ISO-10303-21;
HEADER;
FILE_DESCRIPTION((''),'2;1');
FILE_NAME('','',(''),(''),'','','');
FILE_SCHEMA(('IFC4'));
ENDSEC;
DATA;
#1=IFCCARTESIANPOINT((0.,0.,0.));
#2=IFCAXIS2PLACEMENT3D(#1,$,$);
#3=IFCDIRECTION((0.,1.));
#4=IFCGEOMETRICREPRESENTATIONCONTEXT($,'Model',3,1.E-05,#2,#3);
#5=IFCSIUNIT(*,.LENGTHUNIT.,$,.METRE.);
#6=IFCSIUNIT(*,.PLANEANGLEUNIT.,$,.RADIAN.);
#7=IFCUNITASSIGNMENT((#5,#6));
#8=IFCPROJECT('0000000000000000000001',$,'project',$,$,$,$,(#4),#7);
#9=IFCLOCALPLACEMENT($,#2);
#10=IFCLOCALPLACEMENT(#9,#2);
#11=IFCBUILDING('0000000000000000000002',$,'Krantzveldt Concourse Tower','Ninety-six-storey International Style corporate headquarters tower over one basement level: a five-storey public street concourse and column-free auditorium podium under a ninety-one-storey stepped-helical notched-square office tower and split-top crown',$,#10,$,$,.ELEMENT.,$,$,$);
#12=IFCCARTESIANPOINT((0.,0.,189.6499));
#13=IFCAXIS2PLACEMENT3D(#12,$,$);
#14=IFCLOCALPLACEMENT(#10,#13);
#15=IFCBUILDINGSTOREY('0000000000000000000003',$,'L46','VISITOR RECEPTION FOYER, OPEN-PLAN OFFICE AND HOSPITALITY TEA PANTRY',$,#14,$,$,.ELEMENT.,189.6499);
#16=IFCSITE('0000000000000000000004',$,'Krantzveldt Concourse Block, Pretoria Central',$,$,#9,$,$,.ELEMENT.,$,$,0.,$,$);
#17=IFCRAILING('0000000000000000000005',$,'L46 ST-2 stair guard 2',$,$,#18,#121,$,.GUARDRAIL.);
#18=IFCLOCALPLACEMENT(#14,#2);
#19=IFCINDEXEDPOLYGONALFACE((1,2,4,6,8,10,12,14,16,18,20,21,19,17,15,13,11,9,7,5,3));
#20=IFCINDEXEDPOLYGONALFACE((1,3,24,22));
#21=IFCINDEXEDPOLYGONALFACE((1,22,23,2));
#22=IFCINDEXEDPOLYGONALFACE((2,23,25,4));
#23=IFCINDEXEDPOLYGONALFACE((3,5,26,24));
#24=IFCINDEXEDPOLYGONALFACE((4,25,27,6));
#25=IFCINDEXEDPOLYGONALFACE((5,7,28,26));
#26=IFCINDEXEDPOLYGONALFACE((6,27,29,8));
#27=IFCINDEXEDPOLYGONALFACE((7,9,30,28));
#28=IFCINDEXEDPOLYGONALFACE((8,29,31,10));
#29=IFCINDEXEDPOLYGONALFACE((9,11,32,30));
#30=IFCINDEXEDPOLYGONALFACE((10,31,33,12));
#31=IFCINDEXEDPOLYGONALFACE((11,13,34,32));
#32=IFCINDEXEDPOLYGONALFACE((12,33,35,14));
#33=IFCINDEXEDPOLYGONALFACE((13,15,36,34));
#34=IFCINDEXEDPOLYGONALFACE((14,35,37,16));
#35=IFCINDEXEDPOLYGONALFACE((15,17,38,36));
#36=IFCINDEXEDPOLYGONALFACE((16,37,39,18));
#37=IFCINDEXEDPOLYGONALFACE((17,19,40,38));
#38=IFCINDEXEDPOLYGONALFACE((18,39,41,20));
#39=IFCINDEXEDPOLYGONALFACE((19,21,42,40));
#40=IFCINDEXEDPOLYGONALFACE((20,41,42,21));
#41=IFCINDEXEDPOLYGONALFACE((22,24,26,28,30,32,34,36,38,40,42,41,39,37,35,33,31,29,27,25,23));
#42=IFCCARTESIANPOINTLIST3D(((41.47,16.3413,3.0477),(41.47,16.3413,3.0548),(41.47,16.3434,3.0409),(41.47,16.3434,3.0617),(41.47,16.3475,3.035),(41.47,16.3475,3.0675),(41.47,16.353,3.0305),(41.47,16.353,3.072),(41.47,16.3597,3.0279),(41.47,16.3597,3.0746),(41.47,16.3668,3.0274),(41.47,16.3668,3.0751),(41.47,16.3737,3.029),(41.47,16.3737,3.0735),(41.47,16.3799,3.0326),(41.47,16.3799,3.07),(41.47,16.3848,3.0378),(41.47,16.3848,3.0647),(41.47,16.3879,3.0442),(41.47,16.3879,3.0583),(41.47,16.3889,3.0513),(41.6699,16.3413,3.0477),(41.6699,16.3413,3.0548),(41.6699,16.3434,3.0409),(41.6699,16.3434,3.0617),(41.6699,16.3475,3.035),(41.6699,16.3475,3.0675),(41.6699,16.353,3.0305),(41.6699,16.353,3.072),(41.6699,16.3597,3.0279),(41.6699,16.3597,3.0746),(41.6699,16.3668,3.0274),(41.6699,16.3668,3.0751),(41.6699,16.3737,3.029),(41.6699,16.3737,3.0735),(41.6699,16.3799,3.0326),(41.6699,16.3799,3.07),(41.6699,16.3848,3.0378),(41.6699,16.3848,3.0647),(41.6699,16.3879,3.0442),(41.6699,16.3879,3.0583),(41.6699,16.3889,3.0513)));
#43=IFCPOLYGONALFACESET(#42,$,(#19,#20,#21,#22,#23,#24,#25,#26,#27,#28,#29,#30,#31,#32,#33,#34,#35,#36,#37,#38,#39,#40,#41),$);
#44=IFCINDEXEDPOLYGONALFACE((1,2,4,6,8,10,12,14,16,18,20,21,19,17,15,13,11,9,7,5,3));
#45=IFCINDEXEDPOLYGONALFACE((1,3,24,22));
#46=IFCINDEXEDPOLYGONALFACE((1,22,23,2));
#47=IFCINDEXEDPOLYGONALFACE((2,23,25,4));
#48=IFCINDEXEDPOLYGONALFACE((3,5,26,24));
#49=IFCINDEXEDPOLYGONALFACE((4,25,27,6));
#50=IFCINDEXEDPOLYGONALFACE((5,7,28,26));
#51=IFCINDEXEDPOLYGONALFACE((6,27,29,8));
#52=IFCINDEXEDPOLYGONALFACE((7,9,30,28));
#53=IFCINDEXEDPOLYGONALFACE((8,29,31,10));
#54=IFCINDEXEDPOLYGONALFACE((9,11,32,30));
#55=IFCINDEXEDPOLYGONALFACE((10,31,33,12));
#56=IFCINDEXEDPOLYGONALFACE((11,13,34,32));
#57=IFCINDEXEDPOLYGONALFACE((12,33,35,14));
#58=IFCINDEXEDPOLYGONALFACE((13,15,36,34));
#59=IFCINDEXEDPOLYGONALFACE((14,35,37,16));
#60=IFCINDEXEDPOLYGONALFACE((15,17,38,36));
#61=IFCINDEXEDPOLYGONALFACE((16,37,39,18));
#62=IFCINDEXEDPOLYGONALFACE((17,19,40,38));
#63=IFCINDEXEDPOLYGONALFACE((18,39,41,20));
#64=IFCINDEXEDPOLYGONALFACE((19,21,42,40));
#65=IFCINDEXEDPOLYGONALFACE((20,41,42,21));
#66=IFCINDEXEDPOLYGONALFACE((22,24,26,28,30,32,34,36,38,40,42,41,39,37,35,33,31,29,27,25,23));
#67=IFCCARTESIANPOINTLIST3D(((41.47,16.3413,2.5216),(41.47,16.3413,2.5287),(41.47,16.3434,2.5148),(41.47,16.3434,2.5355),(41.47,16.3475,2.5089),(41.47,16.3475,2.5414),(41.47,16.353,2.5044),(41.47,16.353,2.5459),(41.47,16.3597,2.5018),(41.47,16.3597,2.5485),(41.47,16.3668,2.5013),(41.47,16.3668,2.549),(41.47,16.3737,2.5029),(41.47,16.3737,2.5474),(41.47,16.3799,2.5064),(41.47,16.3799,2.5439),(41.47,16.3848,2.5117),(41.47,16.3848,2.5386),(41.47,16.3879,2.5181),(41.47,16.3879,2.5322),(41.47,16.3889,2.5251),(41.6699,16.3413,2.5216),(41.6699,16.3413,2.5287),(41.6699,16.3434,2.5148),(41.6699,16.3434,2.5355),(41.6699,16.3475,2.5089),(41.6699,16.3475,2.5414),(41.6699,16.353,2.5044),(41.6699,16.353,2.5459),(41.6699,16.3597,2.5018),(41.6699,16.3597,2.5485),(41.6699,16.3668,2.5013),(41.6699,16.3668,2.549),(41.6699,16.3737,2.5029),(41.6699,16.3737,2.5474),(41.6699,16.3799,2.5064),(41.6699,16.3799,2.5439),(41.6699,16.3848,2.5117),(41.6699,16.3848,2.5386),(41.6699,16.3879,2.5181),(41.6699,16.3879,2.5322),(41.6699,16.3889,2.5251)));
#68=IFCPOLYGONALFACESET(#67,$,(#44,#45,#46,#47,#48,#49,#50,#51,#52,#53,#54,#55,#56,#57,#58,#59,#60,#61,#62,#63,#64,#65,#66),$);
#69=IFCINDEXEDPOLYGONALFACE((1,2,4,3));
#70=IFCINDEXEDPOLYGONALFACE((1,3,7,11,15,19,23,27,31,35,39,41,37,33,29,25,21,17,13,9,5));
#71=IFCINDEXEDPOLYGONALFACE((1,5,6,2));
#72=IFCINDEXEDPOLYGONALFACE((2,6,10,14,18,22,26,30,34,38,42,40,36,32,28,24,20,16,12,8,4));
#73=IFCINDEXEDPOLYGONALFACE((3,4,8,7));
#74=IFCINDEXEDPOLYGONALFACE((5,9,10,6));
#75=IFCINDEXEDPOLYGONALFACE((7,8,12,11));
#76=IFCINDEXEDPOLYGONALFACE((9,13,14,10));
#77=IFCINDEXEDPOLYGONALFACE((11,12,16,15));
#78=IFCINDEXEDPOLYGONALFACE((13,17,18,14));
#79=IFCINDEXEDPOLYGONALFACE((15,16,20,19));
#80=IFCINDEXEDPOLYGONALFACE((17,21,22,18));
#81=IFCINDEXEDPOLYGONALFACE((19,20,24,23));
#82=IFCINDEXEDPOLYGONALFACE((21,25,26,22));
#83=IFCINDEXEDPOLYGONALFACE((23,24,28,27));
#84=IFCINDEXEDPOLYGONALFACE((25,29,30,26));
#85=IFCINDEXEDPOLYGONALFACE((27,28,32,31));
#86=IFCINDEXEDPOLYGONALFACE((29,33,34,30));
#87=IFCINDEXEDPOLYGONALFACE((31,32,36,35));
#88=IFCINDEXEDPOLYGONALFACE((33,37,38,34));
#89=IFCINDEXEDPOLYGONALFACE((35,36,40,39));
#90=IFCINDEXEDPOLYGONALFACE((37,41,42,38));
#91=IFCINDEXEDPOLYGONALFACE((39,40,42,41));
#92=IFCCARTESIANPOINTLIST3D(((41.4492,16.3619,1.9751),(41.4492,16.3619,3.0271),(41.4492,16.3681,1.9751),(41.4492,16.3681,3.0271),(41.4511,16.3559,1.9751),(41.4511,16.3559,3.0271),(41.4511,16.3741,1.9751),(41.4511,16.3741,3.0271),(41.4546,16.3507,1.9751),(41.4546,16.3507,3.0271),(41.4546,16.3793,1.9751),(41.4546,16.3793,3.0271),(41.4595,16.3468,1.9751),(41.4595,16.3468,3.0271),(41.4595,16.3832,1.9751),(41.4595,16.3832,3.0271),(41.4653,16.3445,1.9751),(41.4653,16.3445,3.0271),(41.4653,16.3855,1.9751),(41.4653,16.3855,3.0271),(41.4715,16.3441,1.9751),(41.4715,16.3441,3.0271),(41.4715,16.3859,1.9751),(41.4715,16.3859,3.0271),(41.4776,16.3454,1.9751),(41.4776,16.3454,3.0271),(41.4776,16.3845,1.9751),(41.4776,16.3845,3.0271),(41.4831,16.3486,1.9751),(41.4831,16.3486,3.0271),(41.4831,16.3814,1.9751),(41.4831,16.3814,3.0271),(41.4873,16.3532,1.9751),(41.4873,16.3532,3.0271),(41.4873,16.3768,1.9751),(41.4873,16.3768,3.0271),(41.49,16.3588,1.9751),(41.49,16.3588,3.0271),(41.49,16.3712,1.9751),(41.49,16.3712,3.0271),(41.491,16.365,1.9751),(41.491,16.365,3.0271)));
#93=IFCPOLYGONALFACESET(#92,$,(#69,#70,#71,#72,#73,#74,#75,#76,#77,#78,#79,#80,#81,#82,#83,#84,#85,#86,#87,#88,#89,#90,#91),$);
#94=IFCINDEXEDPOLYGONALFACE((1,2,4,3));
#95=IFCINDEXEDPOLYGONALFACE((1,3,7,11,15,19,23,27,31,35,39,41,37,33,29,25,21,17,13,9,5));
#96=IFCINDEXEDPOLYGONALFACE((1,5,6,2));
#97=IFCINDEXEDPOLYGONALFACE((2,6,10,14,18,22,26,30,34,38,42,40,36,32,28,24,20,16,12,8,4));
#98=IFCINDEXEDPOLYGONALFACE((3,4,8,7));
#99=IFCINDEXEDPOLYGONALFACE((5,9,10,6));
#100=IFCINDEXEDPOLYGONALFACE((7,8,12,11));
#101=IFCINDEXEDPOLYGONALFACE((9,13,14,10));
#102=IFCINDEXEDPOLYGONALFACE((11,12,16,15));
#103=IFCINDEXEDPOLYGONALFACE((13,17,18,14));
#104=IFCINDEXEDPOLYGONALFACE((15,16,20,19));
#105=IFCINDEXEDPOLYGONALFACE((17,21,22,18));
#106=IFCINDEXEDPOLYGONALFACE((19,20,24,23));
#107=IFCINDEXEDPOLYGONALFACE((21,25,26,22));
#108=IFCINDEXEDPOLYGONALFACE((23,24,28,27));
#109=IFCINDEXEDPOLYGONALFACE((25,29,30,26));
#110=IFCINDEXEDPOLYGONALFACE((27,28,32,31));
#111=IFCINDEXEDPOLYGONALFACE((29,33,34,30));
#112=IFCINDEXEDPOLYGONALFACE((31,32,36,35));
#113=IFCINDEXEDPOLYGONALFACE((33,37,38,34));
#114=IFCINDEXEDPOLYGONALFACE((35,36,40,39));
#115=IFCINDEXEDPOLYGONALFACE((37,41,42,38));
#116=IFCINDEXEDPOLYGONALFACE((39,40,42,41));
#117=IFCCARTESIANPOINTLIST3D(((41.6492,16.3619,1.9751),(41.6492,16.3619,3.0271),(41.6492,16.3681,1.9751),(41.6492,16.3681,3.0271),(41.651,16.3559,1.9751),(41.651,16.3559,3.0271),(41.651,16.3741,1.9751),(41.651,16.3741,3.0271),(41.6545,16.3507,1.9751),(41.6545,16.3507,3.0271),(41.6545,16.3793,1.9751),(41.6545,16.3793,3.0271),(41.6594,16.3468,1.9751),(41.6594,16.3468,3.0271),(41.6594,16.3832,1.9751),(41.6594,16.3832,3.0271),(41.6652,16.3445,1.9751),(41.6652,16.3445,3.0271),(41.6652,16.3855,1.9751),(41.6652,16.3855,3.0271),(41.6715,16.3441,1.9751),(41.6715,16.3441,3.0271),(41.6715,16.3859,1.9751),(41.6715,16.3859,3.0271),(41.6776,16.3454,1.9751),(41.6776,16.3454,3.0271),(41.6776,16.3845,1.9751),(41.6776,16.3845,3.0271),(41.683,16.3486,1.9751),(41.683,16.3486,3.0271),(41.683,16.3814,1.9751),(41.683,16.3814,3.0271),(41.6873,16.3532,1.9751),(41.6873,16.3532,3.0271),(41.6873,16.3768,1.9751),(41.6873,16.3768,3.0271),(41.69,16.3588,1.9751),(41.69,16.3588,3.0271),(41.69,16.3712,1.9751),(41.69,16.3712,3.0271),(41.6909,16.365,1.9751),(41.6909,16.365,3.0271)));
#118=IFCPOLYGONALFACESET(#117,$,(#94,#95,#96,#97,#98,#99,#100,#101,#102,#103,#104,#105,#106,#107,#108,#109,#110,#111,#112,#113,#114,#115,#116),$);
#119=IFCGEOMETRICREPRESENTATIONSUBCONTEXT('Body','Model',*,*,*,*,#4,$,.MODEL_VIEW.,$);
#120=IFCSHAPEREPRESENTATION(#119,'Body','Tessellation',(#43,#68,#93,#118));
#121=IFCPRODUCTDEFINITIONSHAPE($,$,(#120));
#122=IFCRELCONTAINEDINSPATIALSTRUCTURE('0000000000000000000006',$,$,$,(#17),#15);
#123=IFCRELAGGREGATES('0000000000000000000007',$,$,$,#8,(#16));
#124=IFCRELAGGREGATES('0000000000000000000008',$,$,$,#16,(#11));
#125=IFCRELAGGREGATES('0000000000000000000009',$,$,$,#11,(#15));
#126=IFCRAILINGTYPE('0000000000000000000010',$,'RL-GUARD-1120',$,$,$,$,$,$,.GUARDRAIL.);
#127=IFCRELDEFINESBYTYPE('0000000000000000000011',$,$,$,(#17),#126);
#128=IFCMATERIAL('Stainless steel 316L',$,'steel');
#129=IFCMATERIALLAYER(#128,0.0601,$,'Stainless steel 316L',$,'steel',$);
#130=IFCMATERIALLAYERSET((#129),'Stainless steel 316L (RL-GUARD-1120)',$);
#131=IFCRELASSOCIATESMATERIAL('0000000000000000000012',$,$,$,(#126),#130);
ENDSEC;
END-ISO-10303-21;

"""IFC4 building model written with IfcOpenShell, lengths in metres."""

from ifc_helpers import new_model, si_unit, direction, frame, origin, origin_2d, place, context, subcontext, project, spatial, circle, extrude, material, layer, layer_set, type_object, element, save


model = new_model("IFC4")

# Units and contexts
model_context = context("Model", 3, precision=1e-05, world=origin(), true_north=direction((0.0, 1.0)))
body_context = subcontext(model_context, "Body", "Model", "MODEL_VIEW")
ifc_project = project(units=[si_unit("LENGTHUNIT", "METRE"), si_unit("PLANEANGLEUNIT", "RADIAN")], contexts=[model_context])

# Site, building, storey
site_placement = place(None, origin())
site = spatial("IfcSite", under=ifc_project, at=site_placement, Name="Krantzveldt Concourse Block, Pretoria Central", CompositionType="ELEMENT", RefElevation=0.0)
building_placement = place(site_placement, origin())
building = spatial("IfcBuilding", under=site, at=building_placement, Name="Krantzveldt Concourse Tower", Description="Ninety-six-storey International Style corporate headquarters tower over one basement level: a five-storey public street concourse and column-free auditorium podium under a ninety-one-storey stepped-helical notched-square office tower and split-top crown", CompositionType="ELEMENT")
storey_placement = place(building_placement, frame((0.0, 0.0, 189.6499)))
storey = spatial("IfcBuildingStorey", under=building, at=storey_placement, Name="L46", Description="VISITOR RECEPTION FOYER, OPEN-PLAN OFFICE AND HOSPITALITY TEA PANTRY", CompositionType="ELEMENT", Elevation=189.6499)

# Shared definitions
ifc_material_1 = material(Name="Stainless steel 316L", Category="steel")

# Railing
ifc_layer_1 = layer(ifc_material_1, 0.0601, Name="Stainless steel 316L", Category="steel")
ifc_layer_set_1 = layer_set([ifc_layer_1], Name="Stainless steel 316L (RL-GUARD-1120)")
railing_type_1 = type_object("IfcRailingType", Name="RL-GUARD-1120", PredefinedType="GUARDRAIL", material=ifc_layer_set_1)
railing_1_placement = place(storey_placement, frame((41.47, 16.365, 1.9751)))
element("IfcRailing", 1, at=railing_1_placement, inside=storey, type_object=railing_type_1, Name="L46 ST-2 stair guard 2", PredefinedType="GUARDRAIL", context=body_context, shape_type="SweptSolid", body=[
    extrude(circle(Radius=0.0239, at=origin_2d()), frame((0.0, 0.0, 1.0762), z_axis=(1.0, 0.0, 0.0), x_axis=(0.0, 1.0, 0.0)), (0.0, 0.0, 1.0), 0.2),
    extrude(circle(Radius=0.0239, at=origin_2d()), frame((0.0, 0.0, 0.55), z_axis=(1.0, 0.0, 0.0), x_axis=(0.0, 1.0, 0.0)), (0.0, 0.0, 1.0), 0.2),
    extrude(circle(Radius=0.021, at=origin_2d()), origin(), (0.0, 0.0, 1.0), 1.052),
    extrude(circle(Radius=0.021, at=origin_2d()), frame((0.2, 0.0, 0.0)), (0.0, 0.0, 1.0), 1.052),
])

save(model, "model.ifc")
